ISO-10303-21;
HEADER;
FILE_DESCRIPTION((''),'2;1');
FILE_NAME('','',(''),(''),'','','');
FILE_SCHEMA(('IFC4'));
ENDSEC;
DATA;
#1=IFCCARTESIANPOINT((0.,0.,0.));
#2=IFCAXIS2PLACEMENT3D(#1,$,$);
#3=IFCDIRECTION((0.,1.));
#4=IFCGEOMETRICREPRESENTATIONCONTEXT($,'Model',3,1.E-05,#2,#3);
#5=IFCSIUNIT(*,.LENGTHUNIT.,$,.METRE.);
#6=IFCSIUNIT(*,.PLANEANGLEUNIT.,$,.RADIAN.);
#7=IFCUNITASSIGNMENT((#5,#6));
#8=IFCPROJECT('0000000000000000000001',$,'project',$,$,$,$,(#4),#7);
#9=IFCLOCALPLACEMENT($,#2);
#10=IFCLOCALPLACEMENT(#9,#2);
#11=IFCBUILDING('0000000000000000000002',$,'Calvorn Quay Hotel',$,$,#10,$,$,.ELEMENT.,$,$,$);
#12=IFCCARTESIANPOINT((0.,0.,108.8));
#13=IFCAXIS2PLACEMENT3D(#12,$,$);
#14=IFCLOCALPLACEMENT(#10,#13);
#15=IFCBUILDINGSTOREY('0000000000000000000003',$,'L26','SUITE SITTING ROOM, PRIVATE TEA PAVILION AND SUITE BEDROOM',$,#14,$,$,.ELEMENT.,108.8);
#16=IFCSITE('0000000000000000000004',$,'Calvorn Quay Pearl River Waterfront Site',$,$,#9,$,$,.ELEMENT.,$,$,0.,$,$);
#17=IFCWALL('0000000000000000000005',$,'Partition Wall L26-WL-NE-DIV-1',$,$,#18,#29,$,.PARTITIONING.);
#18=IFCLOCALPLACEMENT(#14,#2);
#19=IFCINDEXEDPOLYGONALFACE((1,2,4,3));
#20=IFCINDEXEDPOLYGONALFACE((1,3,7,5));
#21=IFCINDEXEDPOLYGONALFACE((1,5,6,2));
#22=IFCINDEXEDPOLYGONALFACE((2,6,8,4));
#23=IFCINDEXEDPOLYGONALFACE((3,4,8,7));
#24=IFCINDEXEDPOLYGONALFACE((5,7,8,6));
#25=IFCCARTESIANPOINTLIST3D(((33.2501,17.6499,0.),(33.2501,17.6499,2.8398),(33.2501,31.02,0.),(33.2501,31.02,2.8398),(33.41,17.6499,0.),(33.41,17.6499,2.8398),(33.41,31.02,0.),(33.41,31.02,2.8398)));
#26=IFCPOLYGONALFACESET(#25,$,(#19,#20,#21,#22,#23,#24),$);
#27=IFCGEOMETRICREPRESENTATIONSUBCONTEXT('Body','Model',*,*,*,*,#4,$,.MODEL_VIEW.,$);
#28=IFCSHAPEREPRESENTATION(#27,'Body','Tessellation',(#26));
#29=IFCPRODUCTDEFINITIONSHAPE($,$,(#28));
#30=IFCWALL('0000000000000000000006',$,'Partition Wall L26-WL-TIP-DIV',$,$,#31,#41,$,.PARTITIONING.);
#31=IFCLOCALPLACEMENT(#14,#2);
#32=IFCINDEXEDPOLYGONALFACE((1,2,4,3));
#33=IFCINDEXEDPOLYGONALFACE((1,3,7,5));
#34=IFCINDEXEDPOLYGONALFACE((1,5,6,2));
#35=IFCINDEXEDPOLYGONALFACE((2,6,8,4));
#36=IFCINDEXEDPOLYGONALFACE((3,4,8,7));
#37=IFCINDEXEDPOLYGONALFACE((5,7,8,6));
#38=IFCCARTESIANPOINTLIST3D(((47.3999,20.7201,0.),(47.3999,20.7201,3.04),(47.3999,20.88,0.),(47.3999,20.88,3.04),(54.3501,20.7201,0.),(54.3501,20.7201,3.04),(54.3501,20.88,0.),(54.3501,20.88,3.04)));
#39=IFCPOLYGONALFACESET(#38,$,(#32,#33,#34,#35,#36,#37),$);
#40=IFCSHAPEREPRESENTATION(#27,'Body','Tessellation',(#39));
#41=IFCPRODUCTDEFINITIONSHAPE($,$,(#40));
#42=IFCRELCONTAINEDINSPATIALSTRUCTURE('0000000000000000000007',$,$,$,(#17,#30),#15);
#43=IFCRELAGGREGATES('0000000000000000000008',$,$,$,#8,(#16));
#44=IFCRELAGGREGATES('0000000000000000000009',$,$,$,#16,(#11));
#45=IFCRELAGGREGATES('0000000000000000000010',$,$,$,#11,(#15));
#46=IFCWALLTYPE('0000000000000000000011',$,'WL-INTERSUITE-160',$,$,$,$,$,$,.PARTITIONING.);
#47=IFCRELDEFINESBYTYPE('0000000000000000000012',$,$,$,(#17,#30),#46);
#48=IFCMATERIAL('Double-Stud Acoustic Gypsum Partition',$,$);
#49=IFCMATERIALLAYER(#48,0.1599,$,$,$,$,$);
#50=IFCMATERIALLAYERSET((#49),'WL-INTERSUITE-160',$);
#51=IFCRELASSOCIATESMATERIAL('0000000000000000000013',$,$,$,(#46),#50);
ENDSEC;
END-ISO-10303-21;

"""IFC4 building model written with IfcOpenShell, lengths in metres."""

from ifc_helpers import new_model, si_unit, direction, frame, frame_2d, origin, place, context, subcontext, project, spatial, rectangle, extrude, material, layer, layer_set, type_object, element, save


model = new_model("IFC4")

# Units and contexts
model_context = context("Model", 3, precision=1e-05, world=origin(), true_north=direction((0.0, 1.0)))
body_context = subcontext(model_context, "Body", "Model", "MODEL_VIEW")
ifc_project = project(units=[si_unit("LENGTHUNIT", "METRE"), si_unit("PLANEANGLEUNIT", "RADIAN")], contexts=[model_context])

# Site, building, storey
site_placement = place(None, origin())
site = spatial("IfcSite", under=ifc_project, at=site_placement, Name="Calvorn Quay Pearl River Waterfront Site", CompositionType="ELEMENT", RefElevation=0.0)
building_placement = place(site_placement, origin())
building = spatial("IfcBuilding", under=site, at=building_placement, Name="Calvorn Quay Hotel", CompositionType="ELEMENT")
storey_placement = place(building_placement, frame((0.0, 0.0, 108.8)))
storey = spatial("IfcBuildingStorey", under=building, at=storey_placement, Name="L26", Description="SUITE SITTING ROOM, PRIVATE TEA PAVILION AND SUITE BEDROOM", CompositionType="ELEMENT", Elevation=108.8)

# Walls
ifc_material_1 = material(Name="Double-Stud Acoustic Gypsum Partition")
ifc_layer_1 = layer(ifc_material_1, 0.1599)
ifc_layer_set_1 = layer_set([ifc_layer_1], Name="WL-INTERSUITE-160")
wall_type_1 = type_object("IfcWallType", Name="WL-INTERSUITE-160", PredefinedType="PARTITIONING", material=ifc_layer_set_1)
wall_1_placement = place(storey_placement, frame((33.3301, 17.6499, 0.0), z_axis=(0.0, 0.0, 1.0), x_axis=(0.0, 1.0, 0.0)))
element("IfcWall", 1, at=wall_1_placement, inside=storey, type_object=wall_type_1, Name="Partition Wall L26-WL-NE-DIV-1", PredefinedType="PARTITIONING", context=body_context, shape_type="SweptSolid", body=[
    extrude(rectangle(XDim=13.3701, YDim=0.1599, at=frame_2d((6.6851, 0.0))), origin(), (0.0, 0.0, 1.0), 2.8398),
])
wall_2_placement = place(storey_placement, frame((47.3999, 20.8, 0.0), z_axis=(0.0, 0.0, 1.0), x_axis=(1.0, 0.0, 0.0)))
element("IfcWall", 2, at=wall_2_placement, inside=storey, type_object=wall_type_1, Name="Partition Wall L26-WL-TIP-DIV", PredefinedType="PARTITIONING", context=body_context, shape_type="SweptSolid", body=[
    extrude(rectangle(XDim=6.9502, YDim=0.1599, at=frame_2d((3.4751, 0.0))), origin(), (0.0, 0.0, 1.0), 3.04),
])

save(model, "model.ifc")
